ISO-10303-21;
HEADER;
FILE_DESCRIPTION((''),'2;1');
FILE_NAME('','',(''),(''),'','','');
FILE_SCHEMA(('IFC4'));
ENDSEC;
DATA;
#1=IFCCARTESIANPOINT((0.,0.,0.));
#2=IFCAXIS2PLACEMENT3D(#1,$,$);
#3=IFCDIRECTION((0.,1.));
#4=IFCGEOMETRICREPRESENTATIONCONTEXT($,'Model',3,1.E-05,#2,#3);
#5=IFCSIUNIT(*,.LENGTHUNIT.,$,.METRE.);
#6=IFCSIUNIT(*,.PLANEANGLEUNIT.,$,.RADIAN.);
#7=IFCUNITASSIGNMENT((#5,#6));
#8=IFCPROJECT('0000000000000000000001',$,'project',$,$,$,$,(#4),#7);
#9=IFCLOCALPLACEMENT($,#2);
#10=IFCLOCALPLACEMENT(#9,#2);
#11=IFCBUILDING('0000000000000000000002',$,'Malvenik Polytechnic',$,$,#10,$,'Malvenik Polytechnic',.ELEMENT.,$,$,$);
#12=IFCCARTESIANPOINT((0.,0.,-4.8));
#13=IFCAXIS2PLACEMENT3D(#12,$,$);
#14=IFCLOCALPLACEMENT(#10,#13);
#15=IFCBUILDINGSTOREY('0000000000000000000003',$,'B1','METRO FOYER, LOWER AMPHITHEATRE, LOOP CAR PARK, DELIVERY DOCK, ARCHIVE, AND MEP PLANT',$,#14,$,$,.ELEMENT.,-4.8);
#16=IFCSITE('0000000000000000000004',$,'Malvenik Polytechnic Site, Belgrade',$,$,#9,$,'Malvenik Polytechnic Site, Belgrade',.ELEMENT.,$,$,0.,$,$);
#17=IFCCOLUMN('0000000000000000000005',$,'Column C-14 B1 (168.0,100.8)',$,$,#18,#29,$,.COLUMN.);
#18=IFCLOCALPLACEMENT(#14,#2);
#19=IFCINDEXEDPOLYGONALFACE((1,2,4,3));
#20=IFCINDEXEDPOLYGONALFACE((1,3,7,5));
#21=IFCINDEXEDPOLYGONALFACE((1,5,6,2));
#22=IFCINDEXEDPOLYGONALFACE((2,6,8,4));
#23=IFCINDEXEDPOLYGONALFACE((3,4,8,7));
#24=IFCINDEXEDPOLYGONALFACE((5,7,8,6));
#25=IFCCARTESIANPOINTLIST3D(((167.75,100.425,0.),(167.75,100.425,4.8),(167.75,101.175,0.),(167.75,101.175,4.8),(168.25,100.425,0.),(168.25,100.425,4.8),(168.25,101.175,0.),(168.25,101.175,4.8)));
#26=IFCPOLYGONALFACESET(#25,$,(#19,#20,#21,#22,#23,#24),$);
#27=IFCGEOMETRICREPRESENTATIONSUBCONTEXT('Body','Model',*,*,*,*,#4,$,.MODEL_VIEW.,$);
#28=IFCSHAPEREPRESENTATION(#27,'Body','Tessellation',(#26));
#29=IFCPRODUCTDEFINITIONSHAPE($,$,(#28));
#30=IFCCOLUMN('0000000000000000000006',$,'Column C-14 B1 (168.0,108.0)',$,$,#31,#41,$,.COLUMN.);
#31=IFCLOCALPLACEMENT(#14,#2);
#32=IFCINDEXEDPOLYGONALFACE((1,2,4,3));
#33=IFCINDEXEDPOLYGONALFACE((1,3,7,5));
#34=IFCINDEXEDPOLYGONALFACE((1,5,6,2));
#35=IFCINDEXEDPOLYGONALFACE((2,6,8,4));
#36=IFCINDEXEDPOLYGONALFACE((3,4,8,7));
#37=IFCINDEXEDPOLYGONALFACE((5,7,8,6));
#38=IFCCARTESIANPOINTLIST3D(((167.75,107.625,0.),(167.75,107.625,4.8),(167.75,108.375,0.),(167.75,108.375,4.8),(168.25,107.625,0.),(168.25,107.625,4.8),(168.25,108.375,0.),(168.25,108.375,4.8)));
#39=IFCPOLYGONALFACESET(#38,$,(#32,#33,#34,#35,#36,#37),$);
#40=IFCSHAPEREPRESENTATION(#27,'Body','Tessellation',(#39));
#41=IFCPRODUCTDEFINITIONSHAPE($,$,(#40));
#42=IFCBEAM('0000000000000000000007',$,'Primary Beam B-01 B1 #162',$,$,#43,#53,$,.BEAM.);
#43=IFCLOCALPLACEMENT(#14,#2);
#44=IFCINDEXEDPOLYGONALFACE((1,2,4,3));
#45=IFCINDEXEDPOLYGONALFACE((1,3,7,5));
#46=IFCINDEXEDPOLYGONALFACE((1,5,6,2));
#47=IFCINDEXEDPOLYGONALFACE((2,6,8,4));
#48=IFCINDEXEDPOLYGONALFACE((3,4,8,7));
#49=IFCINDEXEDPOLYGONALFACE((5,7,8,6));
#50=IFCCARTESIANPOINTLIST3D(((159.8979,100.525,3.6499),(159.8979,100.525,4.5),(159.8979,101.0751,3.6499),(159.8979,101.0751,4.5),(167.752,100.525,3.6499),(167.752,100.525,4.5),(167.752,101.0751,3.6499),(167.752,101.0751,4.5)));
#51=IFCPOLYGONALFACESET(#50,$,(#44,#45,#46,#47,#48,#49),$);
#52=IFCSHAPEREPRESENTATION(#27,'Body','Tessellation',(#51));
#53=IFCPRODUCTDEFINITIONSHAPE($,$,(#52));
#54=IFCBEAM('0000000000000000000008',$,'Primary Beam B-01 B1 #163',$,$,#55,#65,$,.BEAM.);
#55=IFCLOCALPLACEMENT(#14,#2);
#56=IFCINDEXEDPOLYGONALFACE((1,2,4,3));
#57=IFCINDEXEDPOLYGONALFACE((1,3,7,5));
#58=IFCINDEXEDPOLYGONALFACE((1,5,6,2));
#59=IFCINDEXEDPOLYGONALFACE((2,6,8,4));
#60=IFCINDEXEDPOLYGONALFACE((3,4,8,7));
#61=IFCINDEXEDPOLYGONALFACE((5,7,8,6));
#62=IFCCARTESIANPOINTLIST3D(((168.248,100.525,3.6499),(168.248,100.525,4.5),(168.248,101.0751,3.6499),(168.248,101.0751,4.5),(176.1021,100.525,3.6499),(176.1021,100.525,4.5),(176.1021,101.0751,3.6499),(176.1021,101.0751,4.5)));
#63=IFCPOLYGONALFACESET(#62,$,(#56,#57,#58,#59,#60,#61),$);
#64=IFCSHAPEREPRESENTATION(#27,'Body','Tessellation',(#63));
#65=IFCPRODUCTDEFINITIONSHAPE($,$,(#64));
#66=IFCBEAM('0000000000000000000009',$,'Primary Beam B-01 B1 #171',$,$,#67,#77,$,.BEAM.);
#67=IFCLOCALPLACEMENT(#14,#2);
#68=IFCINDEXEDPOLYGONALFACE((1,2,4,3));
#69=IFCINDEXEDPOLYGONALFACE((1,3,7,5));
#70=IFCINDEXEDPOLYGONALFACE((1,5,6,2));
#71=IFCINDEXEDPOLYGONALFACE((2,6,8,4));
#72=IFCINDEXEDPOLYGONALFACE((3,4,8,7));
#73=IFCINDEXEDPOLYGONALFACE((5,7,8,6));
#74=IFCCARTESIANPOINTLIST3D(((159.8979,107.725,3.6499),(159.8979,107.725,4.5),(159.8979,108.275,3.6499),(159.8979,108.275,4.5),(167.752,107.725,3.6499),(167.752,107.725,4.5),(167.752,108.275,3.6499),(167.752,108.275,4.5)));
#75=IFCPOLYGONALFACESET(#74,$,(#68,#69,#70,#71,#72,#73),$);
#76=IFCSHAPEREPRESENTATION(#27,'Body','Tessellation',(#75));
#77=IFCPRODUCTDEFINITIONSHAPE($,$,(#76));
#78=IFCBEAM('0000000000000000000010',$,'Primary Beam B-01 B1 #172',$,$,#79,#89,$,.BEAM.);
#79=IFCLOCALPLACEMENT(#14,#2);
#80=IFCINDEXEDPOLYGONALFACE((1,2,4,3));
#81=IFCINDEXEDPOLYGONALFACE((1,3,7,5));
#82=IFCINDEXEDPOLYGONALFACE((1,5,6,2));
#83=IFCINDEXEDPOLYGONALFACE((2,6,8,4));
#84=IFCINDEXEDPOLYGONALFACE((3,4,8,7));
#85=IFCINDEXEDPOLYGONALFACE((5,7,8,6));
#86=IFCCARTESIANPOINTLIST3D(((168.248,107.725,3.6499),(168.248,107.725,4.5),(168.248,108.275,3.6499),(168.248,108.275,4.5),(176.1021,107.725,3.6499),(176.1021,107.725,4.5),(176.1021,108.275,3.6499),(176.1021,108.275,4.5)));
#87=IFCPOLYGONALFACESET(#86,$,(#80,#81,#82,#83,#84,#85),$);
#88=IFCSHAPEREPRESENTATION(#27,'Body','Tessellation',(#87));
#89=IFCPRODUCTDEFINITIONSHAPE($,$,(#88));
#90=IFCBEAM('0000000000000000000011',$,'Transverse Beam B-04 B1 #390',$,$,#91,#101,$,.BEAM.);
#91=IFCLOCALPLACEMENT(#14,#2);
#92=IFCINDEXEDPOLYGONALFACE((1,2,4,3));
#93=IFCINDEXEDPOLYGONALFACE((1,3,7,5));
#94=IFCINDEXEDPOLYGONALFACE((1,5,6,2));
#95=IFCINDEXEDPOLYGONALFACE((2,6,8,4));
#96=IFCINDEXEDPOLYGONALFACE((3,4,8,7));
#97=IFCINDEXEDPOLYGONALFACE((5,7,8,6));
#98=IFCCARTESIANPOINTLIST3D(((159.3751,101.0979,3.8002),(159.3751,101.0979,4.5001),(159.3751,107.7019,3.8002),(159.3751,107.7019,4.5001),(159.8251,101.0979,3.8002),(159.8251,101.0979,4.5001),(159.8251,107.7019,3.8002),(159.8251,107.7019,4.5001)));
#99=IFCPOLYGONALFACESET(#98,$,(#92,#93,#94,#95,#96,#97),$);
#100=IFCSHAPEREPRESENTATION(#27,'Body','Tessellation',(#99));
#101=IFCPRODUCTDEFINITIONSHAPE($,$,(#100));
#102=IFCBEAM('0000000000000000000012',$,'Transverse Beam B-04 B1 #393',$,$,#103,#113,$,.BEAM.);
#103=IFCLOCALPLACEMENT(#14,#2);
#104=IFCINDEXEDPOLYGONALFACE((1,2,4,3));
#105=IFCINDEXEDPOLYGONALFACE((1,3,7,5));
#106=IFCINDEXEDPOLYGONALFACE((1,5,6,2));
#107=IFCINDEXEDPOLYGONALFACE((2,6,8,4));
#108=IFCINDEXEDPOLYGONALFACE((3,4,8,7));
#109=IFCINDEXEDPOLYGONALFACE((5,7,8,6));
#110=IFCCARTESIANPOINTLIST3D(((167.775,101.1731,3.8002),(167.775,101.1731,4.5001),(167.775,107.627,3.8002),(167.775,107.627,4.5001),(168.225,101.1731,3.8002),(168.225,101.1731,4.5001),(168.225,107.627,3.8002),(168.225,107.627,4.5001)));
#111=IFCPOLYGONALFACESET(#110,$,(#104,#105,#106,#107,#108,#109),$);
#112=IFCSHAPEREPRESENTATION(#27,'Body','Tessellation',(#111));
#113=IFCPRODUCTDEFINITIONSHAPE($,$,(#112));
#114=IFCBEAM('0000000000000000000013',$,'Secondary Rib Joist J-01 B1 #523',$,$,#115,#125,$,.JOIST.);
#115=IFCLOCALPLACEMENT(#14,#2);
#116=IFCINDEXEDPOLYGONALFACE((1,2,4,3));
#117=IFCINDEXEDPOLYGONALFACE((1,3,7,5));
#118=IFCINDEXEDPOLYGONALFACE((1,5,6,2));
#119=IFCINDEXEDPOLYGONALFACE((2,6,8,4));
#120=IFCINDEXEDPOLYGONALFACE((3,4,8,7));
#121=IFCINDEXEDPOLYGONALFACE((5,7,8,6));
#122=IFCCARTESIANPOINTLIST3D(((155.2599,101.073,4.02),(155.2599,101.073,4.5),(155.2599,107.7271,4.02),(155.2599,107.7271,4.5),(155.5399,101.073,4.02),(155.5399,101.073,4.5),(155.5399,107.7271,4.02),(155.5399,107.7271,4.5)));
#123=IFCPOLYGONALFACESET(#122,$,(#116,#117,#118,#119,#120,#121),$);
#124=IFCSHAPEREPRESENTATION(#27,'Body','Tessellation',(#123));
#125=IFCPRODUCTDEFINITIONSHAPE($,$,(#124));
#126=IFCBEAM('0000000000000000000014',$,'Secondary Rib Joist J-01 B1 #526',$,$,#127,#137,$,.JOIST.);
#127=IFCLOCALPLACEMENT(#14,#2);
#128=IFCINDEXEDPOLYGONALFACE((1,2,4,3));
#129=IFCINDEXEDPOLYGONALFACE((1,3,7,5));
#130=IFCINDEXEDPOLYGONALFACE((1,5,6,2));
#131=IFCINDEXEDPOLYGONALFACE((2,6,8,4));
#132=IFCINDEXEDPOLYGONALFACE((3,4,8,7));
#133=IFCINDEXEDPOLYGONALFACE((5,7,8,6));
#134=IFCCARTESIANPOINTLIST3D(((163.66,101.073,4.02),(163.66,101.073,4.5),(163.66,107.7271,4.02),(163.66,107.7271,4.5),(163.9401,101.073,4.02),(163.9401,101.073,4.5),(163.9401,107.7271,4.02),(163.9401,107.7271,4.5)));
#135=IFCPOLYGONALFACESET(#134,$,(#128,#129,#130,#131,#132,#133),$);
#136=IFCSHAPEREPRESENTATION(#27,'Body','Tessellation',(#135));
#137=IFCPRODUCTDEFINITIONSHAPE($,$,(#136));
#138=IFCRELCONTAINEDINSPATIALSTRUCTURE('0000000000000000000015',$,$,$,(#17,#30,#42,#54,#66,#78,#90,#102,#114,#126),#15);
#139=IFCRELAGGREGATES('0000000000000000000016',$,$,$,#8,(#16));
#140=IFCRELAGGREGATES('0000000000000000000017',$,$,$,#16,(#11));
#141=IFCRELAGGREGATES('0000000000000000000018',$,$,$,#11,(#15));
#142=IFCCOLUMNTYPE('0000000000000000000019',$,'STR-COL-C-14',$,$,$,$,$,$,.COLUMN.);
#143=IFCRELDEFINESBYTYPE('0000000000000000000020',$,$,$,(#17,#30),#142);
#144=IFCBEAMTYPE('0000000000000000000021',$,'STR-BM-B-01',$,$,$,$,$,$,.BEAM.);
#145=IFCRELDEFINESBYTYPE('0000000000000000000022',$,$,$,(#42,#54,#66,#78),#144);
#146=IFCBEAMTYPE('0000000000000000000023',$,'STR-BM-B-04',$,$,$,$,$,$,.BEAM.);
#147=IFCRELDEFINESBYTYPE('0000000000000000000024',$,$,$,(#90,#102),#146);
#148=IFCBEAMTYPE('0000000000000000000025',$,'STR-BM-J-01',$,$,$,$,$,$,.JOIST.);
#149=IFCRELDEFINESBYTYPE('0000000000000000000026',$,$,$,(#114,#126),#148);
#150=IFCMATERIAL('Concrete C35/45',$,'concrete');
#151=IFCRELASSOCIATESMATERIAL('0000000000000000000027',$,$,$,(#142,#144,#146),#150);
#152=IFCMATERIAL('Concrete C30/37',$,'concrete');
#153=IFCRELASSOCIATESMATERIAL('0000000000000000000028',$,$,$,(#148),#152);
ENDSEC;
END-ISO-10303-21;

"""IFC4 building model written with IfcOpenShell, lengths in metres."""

from ifc_helpers import new_model, si_unit, direction, frame, origin, origin_2d, place, context, subcontext, project, spatial, rectangle, extrude, material, material_profile, profile_set, type_object, element, save


model = new_model("IFC4")

# Units and contexts
model_context = context("Model", 3, precision=1e-05, world=origin(), true_north=direction((0.0, 1.0)))
body_context = subcontext(model_context, "Body", "Model", "MODEL_VIEW")
ifc_project = project(units=[si_unit("LENGTHUNIT", "METRE"), si_unit("PLANEANGLEUNIT", "RADIAN")], contexts=[model_context])

# Site, building, storey
site_placement = place(None, origin())
site = spatial("IfcSite", under=ifc_project, at=site_placement, Name="Malvenik Polytechnic Site, Belgrade", LongName="Malvenik Polytechnic Site, Belgrade", CompositionType="ELEMENT", RefElevation=0.0)
building_placement = place(site_placement, origin())
building = spatial("IfcBuilding", under=site, at=building_placement, Name="Malvenik Polytechnic", LongName="Malvenik Polytechnic", CompositionType="ELEMENT")
storey_placement = place(building_placement, frame((0.0, 0.0, -4.8)))
storey = spatial("IfcBuildingStorey", under=building, at=storey_placement, Name="B1", Description="METRO FOYER, LOWER AMPHITHEATRE, LOOP CAR PARK, DELIVERY DOCK, ARCHIVE, AND MEP PLANT", CompositionType="ELEMENT", Elevation=-4.8)

# Shared definitions
ifc_material_1 = material(Name="Concrete C35/45", Category="concrete")

# Columns
ifc_material_profile_1 = material_profile(ifc_material_1, rectangle(XDim=0.5, YDim=0.75, at=origin_2d()), Name="RC COL 750x500")
ifc_profile_set_1 = profile_set([ifc_material_profile_1], Name="Concrete C35/45")
column_type_1 = type_object("IfcColumnType", Name="STR-COL-C-14", PredefinedType="COLUMN", material=ifc_profile_set_1)
for number, where, z_axis, x_axis, name in (
    (1, (168.0, 100.8, 0.0), (0.0, 0.0, 1.0), (1.0, 0.0, 0.0), "Column C-14 B1 (168.0,100.8)"),
    (2, (168.0, 108.0, 0.0), (0.0, 0.0, 1.0), (1.0, 0.0, 0.0), "Column C-14 B1 (168.0,108.0)"),
):
    element("IfcColumn", number, at=place(storey_placement, frame(where, z_axis=z_axis, x_axis=x_axis)), inside=storey, type_object=column_type_1, Name=name, PredefinedType="COLUMN", context=body_context, shape_type="SweptSolid", body=[
        extrude(rectangle(XDim=0.5, YDim=0.75, at=origin_2d()), origin(), (0.0, 0.0, 1.0), 4.8),
    ])

# Beams
ifc_material_profile_2 = material_profile(ifc_material_1, rectangle(XDim=0.55, YDim=0.8501, at=origin_2d()), Name="RC BM 550x850")
ifc_profile_set_2 = profile_set([ifc_material_profile_2], Name="Concrete C35/45")
beam_type_1 = type_object("IfcBeamType", Name="STR-BM-B-01", PredefinedType="BEAM", material=ifc_profile_set_2)
for number, where, z_axis, x_axis, name in (
    (3, (159.8979, 100.8, 4.075), (1.0, 0.0, 0.0), (0.0, 1.0, 0.0), "Primary Beam B-01 B1 #162"),
    (4, (168.248, 100.8, 4.075), (1.0, 0.0, 0.0), (0.0, 1.0, 0.0), "Primary Beam B-01 B1 #163"),
    (5, (159.8979, 108.0, 4.075), (1.0, 0.0, 0.0), (0.0, 1.0, 0.0), "Primary Beam B-01 B1 #171"),
    (6, (168.248, 108.0, 4.075), (1.0, 0.0, 0.0), (0.0, 1.0, 0.0), "Primary Beam B-01 B1 #172"),
):
    element("IfcBeam", number, at=place(storey_placement, frame(where, z_axis=z_axis, x_axis=x_axis)), inside=storey, type_object=beam_type_1, Name=name, PredefinedType="BEAM", context=body_context, shape_type="SweptSolid", body=[
        extrude(rectangle(XDim=0.55, YDim=0.8501, at=origin_2d()), origin(), (0.0, 0.0, 1.0), 7.854),
    ])
ifc_material_profile_3 = material_profile(ifc_material_1, rectangle(XDim=0.45, YDim=0.7, at=origin_2d()), Name="RC BM 450x700")
ifc_profile_set_3 = profile_set([ifc_material_profile_3], Name="Concrete C35/45")
beam_type_2 = type_object("IfcBeamType", Name="STR-BM-B-04", PredefinedType="BEAM", material=ifc_profile_set_3)
beam_1_placement = place(storey_placement, frame((159.6001, 101.0979, 4.1501), z_axis=(0.0, 1.0, 0.0), x_axis=(-1.0, 0.0, 0.0)))
element("IfcBeam", 7, at=beam_1_placement, inside=storey, type_object=beam_type_2, Name="Transverse Beam B-04 B1 #390", PredefinedType="BEAM", context=body_context, shape_type="SweptSolid", body=[
    extrude(rectangle(XDim=0.45, YDim=0.7, at=origin_2d()), origin(), (0.0, 0.0, 1.0), 6.604),
])
beam_2_placement = place(storey_placement, frame((168.0, 101.1731, 4.1501), z_axis=(0.0, 1.0, 0.0), x_axis=(-1.0, 0.0, 0.0)))
element("IfcBeam", 8, at=beam_2_placement, inside=storey, type_object=beam_type_2, Name="Transverse Beam B-04 B1 #393", PredefinedType="BEAM", context=body_context, shape_type="SweptSolid", body=[
    extrude(rectangle(XDim=0.45, YDim=0.7, at=origin_2d()), origin(), (0.0, 0.0, 1.0), 6.4539),
])
ifc_material_2 = material(Name="Concrete C30/37", Category="concrete")
ifc_material_profile_4 = material_profile(ifc_material_2, rectangle(XDim=0.28, YDim=0.48, at=origin_2d()), Name="RC JST 280x480")
ifc_profile_set_4 = profile_set([ifc_material_profile_4], Name="Concrete C30/37")
beam_type_3 = type_object("IfcBeamType", Name="STR-BM-J-01", PredefinedType="JOIST", material=ifc_profile_set_4)
for number, where, z_axis, x_axis, name in (
    (9, (155.3999, 101.073, 4.26), (0.0, 1.0, 0.0), (-1.0, 0.0, 0.0), "Secondary Rib Joist J-01 B1 #523"),
    (10, (163.8, 101.073, 4.26), (0.0, 1.0, 0.0), (-1.0, 0.0, 0.0), "Secondary Rib Joist J-01 B1 #526"),
):
    element("IfcBeam", number, at=place(storey_placement, frame(where, z_axis=z_axis, x_axis=x_axis)), inside=storey, type_object=beam_type_3, Name=name, PredefinedType="JOIST", context=body_context, shape_type="SweptSolid", body=[
        extrude(rectangle(XDim=0.28, YDim=0.48, at=origin_2d()), origin(), (0.0, 0.0, 1.0), 6.6541),
    ])

save(model, "model.ifc")
